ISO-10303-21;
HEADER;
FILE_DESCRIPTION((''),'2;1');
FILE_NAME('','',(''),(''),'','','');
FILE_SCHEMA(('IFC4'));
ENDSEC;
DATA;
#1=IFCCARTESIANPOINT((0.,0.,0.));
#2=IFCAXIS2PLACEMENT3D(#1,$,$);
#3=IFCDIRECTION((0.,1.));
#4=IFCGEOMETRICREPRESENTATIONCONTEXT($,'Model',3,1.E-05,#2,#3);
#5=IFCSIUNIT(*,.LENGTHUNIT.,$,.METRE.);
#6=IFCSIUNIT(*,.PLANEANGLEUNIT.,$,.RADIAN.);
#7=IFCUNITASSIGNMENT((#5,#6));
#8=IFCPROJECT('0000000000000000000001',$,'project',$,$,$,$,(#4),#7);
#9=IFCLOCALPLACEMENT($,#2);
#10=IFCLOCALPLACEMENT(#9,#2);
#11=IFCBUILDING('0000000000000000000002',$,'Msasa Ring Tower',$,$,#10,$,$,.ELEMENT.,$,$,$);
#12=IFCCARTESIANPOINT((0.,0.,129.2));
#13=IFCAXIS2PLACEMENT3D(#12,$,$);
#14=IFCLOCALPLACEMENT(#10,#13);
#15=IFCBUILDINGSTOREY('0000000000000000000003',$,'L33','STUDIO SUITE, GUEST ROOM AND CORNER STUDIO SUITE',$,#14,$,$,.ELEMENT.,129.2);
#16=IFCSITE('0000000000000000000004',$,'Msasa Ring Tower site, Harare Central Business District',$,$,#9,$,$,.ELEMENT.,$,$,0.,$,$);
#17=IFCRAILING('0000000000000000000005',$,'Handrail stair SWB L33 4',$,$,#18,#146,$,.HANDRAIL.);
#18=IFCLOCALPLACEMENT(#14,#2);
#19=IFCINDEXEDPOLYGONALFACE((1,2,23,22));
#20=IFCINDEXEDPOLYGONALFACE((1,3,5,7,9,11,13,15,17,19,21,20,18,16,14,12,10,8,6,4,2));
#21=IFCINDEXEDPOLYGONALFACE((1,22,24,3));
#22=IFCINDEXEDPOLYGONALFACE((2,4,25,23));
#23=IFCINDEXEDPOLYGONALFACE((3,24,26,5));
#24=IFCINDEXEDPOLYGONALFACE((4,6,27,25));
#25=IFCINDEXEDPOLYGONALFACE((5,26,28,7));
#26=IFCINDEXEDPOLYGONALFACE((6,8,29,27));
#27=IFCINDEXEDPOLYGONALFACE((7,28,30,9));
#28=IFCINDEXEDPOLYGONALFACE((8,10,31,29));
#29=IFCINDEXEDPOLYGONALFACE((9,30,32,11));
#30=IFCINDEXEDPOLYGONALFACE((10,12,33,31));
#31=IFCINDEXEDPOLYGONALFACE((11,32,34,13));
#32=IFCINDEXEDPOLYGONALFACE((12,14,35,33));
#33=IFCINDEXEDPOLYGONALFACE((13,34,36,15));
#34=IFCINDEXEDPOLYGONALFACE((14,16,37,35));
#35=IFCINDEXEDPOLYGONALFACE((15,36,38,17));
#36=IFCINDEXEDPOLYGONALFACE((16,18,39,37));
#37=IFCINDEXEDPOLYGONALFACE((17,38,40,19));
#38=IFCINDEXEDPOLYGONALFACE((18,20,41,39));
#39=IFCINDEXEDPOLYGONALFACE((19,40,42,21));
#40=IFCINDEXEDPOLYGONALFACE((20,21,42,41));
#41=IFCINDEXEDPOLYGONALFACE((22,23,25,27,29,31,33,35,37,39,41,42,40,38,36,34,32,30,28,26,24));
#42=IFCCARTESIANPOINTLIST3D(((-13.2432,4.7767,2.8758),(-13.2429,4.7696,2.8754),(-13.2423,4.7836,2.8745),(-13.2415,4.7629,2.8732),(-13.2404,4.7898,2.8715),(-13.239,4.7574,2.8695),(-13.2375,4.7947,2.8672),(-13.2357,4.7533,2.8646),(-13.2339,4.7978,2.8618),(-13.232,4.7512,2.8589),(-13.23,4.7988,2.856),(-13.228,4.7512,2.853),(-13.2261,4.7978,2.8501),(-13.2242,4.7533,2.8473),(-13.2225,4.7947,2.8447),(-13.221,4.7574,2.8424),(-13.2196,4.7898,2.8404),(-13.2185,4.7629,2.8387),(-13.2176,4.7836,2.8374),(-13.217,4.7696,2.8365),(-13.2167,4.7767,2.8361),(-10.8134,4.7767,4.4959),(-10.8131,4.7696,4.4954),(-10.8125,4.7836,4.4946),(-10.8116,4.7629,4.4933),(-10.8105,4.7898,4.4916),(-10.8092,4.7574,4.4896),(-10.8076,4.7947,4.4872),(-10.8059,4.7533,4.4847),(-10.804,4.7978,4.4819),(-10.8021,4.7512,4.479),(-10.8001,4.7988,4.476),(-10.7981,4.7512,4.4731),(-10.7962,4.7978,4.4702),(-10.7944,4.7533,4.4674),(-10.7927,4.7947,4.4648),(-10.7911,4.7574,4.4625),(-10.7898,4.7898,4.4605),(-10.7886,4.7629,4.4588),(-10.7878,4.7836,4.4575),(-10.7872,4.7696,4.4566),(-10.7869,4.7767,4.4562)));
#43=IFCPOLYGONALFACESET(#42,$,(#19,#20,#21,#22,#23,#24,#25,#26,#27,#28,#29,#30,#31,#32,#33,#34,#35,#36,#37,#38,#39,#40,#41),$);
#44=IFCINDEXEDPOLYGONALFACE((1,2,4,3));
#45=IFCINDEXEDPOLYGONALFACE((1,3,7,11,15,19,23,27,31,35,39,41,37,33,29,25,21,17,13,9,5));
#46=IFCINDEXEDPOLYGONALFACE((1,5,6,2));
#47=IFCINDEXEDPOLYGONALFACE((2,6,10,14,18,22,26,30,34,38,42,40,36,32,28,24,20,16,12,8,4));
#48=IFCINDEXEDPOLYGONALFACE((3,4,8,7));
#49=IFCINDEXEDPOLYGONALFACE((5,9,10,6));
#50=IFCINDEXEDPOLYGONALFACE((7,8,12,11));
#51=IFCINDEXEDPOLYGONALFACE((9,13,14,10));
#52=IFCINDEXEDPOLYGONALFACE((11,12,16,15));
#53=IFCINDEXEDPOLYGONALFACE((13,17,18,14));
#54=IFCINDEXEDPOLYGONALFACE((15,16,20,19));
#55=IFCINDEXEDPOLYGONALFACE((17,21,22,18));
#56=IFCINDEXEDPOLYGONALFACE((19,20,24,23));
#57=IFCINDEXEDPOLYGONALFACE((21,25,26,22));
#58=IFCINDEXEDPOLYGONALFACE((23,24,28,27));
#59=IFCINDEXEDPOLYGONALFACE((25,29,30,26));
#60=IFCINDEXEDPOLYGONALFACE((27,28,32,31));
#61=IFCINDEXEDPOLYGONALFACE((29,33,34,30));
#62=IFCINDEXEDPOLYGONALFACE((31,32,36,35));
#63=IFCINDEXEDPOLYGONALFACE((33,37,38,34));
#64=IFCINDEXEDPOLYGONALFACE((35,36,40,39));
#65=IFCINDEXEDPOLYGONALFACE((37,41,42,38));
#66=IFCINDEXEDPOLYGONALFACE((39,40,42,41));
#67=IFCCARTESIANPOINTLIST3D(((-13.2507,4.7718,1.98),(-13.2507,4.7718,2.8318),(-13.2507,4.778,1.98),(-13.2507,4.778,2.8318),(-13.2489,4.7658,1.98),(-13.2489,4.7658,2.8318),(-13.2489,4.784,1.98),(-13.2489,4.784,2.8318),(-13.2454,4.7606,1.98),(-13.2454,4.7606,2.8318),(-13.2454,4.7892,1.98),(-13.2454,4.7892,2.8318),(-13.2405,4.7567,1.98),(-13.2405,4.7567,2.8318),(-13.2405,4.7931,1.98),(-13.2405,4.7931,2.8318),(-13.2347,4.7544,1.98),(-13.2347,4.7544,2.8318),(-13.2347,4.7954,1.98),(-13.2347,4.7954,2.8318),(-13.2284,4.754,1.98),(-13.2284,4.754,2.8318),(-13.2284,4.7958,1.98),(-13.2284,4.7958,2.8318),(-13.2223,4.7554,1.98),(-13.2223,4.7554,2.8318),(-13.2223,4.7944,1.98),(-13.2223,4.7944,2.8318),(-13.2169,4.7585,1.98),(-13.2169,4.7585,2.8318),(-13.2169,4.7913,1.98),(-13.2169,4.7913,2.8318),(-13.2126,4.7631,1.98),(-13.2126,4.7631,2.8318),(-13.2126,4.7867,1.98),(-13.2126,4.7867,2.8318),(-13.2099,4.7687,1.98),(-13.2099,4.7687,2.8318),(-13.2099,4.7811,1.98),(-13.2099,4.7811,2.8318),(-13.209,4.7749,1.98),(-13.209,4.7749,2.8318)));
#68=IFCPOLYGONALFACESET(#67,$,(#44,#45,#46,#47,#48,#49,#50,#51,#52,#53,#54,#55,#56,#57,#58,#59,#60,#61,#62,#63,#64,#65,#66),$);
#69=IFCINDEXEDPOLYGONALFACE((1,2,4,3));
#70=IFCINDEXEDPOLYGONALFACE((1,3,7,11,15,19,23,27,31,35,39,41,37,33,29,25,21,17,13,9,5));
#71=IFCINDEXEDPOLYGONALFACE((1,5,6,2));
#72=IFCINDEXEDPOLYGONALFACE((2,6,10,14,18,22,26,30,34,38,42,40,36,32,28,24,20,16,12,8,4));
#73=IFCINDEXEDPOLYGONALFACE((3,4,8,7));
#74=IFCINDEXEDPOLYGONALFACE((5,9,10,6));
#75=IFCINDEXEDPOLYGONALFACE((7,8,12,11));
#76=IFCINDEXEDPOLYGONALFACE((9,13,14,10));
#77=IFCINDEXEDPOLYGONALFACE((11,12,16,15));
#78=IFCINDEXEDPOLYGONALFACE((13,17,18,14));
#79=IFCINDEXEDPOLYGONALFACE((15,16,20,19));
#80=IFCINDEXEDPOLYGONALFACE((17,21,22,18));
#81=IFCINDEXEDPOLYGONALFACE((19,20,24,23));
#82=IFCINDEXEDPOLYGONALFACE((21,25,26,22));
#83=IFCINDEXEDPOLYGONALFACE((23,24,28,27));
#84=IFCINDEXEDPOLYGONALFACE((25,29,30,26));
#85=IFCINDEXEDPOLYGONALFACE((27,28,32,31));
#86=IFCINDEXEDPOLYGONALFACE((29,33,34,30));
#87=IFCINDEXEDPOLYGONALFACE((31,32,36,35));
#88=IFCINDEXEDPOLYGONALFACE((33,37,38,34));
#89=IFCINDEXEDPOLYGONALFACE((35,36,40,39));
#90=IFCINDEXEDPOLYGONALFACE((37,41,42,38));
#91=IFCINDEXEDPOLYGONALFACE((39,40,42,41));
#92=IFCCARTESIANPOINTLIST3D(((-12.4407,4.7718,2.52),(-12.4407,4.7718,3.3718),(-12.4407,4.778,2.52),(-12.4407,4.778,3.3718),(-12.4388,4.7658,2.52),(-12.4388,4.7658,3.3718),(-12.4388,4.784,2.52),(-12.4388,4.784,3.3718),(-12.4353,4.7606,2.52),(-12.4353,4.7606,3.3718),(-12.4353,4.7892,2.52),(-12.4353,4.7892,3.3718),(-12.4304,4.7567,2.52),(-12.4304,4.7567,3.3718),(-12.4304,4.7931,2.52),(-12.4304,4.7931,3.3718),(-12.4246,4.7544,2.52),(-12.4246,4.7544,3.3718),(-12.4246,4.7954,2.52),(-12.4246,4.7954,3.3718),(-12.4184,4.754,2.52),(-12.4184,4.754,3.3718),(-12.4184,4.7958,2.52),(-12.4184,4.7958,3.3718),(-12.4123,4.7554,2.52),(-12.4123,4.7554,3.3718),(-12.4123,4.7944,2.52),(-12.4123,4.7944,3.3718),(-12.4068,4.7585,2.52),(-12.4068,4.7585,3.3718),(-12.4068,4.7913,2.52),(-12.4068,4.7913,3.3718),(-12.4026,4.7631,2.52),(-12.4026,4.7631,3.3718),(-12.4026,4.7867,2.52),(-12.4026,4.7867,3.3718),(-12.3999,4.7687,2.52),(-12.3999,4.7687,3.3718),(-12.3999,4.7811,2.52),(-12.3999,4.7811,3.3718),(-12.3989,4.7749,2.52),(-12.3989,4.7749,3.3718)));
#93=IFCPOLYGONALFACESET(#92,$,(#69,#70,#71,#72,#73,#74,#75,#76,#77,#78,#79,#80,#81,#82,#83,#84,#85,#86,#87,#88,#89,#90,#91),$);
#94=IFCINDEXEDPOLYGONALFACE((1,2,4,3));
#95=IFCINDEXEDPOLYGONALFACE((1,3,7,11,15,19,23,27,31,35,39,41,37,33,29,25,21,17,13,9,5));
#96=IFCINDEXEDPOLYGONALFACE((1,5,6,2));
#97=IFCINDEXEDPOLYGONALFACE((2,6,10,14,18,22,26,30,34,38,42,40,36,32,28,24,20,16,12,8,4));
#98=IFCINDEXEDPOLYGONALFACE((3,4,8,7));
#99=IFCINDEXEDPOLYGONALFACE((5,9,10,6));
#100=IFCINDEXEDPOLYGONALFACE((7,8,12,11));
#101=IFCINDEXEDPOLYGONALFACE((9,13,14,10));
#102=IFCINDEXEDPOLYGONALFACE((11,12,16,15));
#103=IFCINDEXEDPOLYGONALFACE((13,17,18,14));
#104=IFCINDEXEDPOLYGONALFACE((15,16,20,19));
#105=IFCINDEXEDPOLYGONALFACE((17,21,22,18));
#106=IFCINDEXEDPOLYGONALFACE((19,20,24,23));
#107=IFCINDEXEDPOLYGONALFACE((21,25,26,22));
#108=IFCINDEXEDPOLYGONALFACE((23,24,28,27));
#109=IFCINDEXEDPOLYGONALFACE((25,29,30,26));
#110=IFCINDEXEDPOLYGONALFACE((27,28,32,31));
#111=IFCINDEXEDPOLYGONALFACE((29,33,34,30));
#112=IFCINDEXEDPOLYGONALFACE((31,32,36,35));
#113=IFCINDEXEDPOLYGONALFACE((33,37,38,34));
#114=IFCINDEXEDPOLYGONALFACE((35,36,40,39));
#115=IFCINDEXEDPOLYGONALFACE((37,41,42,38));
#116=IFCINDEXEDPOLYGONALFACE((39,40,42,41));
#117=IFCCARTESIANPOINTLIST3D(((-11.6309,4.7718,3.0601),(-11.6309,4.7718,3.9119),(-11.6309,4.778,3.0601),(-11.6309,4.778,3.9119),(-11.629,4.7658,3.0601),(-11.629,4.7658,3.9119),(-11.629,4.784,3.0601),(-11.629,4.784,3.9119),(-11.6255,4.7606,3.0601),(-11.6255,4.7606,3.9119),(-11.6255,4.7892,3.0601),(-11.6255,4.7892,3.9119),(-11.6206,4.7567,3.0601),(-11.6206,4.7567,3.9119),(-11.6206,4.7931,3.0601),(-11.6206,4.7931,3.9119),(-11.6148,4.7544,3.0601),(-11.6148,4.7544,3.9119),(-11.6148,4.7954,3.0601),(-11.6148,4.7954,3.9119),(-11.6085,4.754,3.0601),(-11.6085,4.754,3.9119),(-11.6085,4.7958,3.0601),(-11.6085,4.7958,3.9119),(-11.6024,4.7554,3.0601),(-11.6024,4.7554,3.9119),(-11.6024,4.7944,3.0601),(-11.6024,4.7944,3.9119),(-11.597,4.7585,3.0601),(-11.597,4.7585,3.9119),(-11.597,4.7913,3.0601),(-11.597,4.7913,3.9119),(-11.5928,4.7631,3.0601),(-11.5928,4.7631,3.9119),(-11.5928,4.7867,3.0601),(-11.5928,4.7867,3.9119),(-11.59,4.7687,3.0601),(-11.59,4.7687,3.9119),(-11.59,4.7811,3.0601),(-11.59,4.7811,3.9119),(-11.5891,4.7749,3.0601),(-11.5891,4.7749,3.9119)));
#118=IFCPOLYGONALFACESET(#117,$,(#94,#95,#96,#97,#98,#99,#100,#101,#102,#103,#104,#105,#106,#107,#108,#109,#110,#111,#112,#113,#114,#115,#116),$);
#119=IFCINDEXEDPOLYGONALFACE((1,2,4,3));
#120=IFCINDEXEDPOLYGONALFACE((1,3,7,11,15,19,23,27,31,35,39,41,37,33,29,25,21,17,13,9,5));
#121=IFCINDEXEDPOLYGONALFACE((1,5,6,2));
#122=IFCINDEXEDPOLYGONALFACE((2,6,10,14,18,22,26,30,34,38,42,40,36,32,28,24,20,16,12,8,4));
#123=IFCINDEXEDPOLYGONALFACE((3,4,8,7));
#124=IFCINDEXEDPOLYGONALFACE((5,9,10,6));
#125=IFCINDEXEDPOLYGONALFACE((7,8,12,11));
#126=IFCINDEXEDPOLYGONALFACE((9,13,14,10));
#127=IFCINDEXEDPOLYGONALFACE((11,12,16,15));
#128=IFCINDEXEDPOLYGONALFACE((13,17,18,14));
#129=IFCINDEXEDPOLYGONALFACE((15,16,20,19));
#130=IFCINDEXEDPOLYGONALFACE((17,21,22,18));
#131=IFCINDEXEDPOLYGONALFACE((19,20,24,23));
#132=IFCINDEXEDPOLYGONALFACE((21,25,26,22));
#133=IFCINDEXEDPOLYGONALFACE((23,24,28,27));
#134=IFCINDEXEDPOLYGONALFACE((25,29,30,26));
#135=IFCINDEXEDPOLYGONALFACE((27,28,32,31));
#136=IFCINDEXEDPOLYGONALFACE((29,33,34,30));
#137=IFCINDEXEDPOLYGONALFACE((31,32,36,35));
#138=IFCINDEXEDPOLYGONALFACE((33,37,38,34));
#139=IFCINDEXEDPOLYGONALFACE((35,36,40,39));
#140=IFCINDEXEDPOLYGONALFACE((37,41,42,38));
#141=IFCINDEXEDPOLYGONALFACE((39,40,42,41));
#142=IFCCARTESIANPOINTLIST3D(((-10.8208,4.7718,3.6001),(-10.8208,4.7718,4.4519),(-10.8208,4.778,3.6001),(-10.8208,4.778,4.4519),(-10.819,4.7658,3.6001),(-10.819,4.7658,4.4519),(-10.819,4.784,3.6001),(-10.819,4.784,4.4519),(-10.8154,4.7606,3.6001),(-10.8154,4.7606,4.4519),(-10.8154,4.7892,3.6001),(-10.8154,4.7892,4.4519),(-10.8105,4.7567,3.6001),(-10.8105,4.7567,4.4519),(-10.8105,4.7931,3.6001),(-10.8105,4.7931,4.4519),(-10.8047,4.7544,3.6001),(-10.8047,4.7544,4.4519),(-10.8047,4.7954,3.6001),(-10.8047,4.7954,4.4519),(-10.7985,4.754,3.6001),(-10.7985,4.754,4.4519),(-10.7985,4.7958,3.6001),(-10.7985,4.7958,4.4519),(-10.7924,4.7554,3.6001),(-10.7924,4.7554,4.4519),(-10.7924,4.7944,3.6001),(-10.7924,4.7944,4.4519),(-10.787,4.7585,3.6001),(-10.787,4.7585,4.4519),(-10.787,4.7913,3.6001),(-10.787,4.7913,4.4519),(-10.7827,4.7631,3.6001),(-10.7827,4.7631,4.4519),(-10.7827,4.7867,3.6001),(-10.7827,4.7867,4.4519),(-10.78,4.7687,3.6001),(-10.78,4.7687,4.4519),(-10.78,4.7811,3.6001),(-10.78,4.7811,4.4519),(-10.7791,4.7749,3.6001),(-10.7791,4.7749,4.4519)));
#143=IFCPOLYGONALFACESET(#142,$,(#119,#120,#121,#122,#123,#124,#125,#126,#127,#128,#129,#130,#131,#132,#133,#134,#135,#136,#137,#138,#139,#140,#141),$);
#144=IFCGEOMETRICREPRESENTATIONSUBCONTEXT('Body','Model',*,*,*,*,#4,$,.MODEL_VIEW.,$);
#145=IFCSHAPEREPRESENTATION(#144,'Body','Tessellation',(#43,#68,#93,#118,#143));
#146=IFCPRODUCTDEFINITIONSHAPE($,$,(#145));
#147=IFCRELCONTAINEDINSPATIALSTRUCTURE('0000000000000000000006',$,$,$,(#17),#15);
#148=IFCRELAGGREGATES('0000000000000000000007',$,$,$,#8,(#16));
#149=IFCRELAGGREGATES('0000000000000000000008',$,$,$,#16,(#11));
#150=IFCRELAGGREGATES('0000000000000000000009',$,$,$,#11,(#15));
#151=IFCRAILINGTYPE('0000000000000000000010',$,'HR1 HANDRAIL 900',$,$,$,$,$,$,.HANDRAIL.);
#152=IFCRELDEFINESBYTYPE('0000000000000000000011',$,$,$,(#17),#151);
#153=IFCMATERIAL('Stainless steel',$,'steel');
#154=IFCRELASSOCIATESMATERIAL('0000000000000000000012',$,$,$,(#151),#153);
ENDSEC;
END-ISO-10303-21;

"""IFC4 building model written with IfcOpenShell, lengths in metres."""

from ifc_helpers import new_model, si_unit, direction, frame, origin, origin_2d, place, context, subcontext, project, spatial, circle, extrude, material, type_object, element, save


model = new_model("IFC4")

# Units and contexts
model_context = context("Model", 3, precision=1e-05, world=origin(), true_north=direction((0.0, 1.0)))
body_context = subcontext(model_context, "Body", "Model", "MODEL_VIEW")
ifc_project = project(units=[si_unit("LENGTHUNIT", "METRE"), si_unit("PLANEANGLEUNIT", "RADIAN")], contexts=[model_context])

# Site, building, storey
site_placement = place(None, origin())
site = spatial("IfcSite", under=ifc_project, at=site_placement, Name="Msasa Ring Tower site, Harare Central Business District", CompositionType="ELEMENT", RefElevation=0.0)
building_placement = place(site_placement, origin())
building = spatial("IfcBuilding", under=site, at=building_placement, Name="Msasa Ring Tower", CompositionType="ELEMENT")
storey_placement = place(building_placement, frame((0.0, 0.0, 129.2)))
storey = spatial("IfcBuildingStorey", under=building, at=storey_placement, Name="L33", Description="STUDIO SUITE, GUEST ROOM AND CORNER STUDIO SUITE", CompositionType="ELEMENT", Elevation=129.2)

# Railing
ifc_material_1 = material(Name="Stainless steel", Category="steel")
railing_type = type_object("IfcRailingType", Name="HR1 HANDRAIL 900", PredefinedType="HANDRAIL", material=ifc_material_1)
for number, where, name in (
    (1, (-13.23, 4.7749, 1.98), "Handrail stair SWB L33 4"),
):
    element("IfcRailing", number, at=place(storey_placement, frame(where)), inside=storey, type_object=railing_type, Name=name, PredefinedType="HANDRAIL", context=body_context, shape_type="SweptSolid", body=[
        extrude(circle(Radius=0.0239, at=origin_2d()), frame((0.0, 0.0, 0.876), z_axis=(0.832025, 0.0, 0.554739), x_axis=(0.0, 1.0, 0.0)), (0.0, 0.0, 1.0), 2.9204),
        extrude(circle(Radius=0.021, at=origin_2d()), origin(), (0.0, 0.0, 1.0), 0.8518),
        extrude(circle(Radius=0.021, at=origin_2d()), frame((0.8101, 0.0, 0.54)), (0.0, 0.0, 1.0), 0.8518),
        extrude(circle(Radius=0.021, at=origin_2d()), frame((1.6199, 0.0, 1.0801)), (0.0, 0.0, 1.0), 0.8518),
        extrude(circle(Radius=0.021, at=origin_2d()), frame((2.4299, 0.0, 1.6201)), (0.0, 0.0, 1.0), 0.8518),
    ])

save(model, "model.ifc")
